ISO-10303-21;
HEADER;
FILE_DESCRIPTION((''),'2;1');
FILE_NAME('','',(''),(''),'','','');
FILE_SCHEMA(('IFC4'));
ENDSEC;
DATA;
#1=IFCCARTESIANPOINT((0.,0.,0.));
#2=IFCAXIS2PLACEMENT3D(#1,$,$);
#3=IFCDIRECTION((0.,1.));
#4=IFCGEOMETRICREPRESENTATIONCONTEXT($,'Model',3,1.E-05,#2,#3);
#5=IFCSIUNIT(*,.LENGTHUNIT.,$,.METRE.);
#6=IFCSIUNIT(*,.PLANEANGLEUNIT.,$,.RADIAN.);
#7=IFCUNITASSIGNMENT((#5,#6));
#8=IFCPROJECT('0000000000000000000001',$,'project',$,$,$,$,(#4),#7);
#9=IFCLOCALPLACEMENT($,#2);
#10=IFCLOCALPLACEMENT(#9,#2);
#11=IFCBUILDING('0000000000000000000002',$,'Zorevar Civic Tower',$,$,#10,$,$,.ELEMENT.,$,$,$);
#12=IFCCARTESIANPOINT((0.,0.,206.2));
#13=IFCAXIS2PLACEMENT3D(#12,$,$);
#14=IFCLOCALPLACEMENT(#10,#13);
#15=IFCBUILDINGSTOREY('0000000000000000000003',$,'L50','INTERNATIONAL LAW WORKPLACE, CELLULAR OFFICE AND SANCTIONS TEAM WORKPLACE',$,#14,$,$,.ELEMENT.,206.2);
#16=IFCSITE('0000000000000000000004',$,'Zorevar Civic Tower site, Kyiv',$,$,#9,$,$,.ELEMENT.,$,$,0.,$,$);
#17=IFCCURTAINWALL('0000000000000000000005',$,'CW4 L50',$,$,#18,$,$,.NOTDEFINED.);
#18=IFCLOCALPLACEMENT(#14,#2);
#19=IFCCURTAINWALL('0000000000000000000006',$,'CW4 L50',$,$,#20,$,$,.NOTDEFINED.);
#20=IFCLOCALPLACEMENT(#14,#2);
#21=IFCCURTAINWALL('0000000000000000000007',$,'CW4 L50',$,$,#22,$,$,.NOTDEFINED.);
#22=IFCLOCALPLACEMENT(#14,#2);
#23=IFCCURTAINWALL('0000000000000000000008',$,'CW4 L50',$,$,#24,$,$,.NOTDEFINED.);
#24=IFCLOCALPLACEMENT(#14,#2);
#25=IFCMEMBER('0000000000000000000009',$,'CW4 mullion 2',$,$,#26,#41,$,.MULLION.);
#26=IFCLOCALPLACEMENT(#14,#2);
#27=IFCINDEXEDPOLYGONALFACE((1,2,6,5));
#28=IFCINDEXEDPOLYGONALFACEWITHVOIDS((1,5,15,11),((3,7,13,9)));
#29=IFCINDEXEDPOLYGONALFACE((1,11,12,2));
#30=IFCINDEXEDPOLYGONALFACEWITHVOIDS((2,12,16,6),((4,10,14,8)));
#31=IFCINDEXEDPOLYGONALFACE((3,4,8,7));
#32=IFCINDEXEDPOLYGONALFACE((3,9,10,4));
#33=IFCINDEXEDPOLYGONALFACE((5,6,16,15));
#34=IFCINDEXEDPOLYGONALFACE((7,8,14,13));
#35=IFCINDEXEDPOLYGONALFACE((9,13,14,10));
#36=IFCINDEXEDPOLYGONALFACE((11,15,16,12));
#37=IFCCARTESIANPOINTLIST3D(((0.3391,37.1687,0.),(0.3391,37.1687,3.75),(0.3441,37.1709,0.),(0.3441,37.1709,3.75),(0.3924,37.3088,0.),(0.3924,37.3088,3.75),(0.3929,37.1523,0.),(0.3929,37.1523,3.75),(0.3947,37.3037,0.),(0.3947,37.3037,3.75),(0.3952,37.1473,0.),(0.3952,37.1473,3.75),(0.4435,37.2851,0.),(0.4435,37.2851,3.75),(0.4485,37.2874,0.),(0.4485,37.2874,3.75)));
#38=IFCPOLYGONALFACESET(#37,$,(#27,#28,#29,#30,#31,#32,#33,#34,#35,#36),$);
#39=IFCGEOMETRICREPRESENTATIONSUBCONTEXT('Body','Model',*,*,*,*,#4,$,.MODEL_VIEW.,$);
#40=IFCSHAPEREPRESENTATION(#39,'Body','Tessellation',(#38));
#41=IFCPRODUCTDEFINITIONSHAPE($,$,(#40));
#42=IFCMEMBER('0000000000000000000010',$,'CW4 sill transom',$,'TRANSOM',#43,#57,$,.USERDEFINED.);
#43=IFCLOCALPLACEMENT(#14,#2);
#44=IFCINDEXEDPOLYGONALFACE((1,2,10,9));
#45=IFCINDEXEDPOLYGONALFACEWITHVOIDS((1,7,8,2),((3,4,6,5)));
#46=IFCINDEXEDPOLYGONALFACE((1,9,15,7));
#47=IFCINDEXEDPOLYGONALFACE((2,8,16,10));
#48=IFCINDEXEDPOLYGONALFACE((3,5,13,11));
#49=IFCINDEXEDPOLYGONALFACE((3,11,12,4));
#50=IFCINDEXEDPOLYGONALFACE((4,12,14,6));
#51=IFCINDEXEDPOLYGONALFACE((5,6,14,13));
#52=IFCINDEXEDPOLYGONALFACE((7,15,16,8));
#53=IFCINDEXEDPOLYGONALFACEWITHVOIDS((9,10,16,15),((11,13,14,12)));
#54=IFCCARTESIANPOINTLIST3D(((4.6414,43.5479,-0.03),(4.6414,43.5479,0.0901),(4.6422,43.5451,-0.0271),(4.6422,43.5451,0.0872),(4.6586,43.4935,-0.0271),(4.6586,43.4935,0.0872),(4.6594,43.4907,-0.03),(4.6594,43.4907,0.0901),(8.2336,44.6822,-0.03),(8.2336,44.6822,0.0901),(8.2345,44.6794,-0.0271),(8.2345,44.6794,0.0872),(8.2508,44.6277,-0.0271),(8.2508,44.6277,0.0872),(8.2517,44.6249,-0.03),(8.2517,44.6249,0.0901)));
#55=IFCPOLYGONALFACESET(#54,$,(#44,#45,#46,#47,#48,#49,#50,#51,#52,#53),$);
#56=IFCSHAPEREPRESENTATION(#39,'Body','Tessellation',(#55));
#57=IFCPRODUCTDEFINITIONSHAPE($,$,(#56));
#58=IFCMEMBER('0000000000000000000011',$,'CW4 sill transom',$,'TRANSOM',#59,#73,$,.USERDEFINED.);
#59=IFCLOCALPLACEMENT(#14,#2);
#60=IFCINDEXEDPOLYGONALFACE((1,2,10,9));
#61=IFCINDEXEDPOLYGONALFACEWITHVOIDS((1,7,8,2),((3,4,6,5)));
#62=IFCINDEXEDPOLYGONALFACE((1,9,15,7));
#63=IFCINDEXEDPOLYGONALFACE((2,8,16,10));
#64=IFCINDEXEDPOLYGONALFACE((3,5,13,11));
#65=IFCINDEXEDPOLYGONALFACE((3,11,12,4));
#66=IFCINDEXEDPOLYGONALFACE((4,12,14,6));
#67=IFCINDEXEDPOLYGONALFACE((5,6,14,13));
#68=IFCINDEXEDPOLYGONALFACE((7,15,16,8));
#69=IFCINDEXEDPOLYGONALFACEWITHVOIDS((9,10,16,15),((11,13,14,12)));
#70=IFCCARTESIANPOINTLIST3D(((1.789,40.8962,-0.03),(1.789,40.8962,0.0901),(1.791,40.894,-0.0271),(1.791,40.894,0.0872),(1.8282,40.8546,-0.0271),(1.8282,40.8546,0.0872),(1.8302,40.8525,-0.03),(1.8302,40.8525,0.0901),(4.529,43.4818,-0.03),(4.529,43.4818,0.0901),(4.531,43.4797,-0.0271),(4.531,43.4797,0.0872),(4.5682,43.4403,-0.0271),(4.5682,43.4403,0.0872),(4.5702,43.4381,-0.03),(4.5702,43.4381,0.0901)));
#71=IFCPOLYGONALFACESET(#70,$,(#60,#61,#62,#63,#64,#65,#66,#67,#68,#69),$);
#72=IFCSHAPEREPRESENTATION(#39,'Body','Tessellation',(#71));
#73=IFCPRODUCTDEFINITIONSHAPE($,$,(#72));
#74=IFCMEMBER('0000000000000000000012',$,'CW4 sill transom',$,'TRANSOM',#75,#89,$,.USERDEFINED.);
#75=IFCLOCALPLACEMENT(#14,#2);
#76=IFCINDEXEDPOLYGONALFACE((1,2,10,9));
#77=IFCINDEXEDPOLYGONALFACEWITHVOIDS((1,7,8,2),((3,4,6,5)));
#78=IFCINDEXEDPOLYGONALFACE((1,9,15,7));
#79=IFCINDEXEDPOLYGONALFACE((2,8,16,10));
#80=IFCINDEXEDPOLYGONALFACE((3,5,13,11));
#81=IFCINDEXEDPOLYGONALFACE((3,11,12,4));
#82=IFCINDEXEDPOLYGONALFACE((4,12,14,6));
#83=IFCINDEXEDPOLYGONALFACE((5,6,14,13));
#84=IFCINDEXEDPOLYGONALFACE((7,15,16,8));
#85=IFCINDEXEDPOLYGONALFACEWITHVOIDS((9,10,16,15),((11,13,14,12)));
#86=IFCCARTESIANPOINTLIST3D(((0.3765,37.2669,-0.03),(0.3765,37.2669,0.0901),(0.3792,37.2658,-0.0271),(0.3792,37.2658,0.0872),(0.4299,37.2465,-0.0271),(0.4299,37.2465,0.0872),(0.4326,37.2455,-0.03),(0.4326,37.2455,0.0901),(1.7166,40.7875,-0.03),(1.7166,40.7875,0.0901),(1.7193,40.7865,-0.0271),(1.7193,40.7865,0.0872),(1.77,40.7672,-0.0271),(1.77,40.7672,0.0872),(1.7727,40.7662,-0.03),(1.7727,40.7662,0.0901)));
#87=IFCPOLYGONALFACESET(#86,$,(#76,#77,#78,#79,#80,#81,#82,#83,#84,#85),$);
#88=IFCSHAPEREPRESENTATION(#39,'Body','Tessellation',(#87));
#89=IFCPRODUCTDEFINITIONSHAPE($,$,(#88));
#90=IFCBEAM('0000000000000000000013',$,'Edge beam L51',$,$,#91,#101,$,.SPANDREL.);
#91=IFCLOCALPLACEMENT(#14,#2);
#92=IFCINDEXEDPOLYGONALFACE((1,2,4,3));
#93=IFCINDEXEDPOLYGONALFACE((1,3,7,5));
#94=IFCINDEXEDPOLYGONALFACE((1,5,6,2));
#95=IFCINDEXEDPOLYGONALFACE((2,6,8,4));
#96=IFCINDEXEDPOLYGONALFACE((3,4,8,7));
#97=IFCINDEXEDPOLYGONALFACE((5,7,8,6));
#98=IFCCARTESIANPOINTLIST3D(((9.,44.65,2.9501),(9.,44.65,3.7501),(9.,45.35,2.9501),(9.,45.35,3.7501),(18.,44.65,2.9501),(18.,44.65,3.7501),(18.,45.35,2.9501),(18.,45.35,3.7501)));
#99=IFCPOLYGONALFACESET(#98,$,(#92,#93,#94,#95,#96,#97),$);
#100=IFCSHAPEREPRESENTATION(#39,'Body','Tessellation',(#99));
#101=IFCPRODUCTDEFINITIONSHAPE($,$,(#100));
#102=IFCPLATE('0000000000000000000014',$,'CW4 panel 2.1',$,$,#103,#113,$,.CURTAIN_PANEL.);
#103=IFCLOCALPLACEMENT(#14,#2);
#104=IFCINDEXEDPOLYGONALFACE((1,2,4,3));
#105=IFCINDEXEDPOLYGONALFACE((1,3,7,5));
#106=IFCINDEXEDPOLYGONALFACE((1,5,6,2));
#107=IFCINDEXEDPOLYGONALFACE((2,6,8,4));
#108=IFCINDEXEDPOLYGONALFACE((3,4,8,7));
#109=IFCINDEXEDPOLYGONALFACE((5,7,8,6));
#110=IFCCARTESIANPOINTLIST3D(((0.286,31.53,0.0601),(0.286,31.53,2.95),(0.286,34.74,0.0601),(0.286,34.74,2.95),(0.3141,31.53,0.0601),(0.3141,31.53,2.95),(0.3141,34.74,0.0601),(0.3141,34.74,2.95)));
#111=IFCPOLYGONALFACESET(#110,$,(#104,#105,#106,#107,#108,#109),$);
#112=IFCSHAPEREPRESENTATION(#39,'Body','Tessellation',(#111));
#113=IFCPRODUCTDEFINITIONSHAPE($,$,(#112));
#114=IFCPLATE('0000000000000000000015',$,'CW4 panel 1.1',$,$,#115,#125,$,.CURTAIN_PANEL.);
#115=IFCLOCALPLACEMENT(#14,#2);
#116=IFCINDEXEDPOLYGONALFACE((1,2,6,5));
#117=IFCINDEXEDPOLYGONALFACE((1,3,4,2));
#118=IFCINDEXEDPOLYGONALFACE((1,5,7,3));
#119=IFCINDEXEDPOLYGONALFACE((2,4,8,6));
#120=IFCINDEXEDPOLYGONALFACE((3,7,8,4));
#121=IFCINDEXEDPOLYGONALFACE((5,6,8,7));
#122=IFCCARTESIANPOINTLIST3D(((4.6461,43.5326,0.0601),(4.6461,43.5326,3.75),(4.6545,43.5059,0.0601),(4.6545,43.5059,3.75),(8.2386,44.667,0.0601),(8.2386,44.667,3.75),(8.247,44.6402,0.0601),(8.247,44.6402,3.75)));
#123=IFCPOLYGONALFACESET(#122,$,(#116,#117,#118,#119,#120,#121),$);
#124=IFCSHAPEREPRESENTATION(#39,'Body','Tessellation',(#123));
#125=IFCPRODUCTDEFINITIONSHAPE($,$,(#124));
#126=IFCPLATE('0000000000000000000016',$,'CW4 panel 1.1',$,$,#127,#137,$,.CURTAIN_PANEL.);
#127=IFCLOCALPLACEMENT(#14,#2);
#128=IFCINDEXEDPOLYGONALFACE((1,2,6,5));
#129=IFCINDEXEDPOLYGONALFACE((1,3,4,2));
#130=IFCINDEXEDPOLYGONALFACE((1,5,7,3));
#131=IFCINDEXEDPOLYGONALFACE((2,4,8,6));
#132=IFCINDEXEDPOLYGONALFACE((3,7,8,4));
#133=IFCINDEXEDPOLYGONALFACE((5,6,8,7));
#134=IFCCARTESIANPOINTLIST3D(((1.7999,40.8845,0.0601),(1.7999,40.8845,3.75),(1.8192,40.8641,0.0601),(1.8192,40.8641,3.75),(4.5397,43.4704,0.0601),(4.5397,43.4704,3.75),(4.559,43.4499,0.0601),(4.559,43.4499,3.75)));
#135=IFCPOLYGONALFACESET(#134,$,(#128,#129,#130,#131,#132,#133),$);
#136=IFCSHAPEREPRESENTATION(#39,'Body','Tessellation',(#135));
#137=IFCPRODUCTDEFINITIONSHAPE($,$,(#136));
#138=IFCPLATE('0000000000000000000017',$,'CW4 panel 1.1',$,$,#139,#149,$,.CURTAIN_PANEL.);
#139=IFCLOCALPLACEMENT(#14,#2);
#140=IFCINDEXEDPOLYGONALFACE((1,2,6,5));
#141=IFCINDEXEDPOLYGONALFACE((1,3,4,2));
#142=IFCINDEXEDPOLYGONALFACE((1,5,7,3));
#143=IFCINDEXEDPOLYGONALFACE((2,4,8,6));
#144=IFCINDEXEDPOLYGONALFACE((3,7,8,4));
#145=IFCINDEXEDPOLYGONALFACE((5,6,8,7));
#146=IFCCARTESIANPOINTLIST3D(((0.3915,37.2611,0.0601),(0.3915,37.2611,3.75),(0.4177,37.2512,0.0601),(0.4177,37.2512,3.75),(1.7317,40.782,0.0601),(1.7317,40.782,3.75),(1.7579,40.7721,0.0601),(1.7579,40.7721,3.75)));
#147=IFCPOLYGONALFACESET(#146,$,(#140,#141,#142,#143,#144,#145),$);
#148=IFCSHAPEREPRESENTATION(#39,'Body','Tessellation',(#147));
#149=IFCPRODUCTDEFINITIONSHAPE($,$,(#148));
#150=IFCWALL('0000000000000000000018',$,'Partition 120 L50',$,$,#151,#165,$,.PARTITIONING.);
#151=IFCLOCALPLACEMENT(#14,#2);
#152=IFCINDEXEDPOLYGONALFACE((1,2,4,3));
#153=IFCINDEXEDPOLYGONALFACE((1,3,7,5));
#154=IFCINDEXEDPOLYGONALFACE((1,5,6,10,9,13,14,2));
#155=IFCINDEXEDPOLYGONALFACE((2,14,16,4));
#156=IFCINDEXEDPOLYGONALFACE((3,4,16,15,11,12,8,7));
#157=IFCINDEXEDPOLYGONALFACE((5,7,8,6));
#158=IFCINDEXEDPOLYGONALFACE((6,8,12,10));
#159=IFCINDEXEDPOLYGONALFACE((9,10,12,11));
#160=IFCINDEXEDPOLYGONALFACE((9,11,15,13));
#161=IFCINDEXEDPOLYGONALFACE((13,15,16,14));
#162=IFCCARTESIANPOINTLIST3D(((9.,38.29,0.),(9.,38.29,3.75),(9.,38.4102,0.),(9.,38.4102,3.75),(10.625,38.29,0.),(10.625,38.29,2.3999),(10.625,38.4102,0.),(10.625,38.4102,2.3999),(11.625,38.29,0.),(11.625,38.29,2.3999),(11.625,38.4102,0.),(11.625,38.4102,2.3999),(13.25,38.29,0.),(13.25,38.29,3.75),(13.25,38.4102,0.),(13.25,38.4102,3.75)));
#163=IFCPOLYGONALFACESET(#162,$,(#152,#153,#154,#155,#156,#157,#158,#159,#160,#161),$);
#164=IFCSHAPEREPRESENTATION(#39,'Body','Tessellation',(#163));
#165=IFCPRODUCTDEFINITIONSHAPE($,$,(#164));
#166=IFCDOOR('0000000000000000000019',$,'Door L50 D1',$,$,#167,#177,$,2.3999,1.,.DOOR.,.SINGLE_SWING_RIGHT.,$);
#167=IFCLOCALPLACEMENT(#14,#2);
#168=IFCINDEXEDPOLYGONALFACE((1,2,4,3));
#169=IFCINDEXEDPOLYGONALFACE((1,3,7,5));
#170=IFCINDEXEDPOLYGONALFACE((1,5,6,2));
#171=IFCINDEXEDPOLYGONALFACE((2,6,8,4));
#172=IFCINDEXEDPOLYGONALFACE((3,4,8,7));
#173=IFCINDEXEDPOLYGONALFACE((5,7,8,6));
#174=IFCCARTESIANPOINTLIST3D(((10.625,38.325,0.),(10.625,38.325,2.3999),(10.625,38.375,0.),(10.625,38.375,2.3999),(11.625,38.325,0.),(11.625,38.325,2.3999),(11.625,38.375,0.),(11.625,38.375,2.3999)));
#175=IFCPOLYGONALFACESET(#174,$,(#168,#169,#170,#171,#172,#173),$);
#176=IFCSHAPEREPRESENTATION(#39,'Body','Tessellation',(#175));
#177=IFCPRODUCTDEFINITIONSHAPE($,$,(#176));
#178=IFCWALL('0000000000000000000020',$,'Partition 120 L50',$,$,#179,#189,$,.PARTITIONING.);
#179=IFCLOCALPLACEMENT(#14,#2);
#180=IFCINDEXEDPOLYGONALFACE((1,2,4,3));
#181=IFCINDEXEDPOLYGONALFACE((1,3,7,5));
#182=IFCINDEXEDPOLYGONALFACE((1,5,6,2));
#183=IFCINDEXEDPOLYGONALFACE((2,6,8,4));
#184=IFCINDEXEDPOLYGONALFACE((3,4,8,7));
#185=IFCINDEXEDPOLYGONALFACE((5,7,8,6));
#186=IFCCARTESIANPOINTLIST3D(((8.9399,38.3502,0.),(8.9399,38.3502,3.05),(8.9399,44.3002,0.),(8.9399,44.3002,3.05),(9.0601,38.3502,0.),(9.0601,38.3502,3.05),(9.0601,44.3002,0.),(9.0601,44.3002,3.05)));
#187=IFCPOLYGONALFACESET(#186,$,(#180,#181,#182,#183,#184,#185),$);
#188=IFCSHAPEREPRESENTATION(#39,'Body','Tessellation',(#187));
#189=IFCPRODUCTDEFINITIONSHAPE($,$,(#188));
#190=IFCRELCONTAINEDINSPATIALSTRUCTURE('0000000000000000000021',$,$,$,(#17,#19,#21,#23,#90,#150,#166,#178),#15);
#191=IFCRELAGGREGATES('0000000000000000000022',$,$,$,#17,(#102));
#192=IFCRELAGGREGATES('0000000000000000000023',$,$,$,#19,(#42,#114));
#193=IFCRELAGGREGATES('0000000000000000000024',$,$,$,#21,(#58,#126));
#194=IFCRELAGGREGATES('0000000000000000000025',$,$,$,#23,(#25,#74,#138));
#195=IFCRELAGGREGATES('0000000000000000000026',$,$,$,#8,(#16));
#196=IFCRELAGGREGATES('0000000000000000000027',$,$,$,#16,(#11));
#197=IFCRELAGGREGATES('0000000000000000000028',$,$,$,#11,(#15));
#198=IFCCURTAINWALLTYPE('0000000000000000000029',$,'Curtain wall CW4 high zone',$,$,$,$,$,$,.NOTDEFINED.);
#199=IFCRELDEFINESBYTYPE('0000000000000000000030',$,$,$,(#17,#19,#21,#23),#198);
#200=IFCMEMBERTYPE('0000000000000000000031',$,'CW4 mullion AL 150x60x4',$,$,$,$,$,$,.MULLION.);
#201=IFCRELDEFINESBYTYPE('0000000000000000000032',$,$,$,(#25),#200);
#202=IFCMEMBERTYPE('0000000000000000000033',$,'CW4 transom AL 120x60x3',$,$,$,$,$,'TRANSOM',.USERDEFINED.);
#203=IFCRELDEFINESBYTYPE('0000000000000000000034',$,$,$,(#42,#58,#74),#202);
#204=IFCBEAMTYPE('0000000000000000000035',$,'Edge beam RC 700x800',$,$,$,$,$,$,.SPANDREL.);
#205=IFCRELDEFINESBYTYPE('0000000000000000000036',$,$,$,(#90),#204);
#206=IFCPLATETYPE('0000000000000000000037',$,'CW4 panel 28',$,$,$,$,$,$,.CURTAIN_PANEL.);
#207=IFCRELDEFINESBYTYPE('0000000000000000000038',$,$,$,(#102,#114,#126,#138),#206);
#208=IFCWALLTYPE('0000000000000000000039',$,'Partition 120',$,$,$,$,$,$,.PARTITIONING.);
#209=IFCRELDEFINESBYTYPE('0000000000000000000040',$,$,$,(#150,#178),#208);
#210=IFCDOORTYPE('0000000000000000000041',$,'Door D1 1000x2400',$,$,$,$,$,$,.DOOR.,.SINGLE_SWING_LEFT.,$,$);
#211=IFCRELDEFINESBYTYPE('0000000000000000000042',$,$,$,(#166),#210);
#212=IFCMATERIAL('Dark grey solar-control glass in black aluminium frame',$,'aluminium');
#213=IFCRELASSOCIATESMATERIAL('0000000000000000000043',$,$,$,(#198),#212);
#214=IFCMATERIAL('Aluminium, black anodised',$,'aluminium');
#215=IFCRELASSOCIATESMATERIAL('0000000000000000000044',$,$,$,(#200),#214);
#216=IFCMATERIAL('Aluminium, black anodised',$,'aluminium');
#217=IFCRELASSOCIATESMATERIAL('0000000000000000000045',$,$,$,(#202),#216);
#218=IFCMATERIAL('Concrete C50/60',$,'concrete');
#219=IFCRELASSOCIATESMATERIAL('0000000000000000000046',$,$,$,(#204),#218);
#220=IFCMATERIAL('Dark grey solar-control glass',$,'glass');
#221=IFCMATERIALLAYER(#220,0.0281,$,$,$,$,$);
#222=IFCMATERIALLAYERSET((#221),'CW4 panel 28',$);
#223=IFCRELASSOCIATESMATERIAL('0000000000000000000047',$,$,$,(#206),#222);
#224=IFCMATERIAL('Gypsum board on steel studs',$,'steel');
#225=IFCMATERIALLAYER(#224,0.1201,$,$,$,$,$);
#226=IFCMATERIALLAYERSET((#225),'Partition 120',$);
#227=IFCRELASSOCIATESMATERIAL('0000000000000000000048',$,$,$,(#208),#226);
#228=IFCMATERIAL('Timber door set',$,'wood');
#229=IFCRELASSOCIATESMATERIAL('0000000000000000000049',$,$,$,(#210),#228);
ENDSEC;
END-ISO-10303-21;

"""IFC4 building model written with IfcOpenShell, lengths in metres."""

from ifc_helpers import new_model, si_unit, direction, frame, frame_2d, origin, origin_2d, place, context, subcontext, project, spatial, rectangle, hollow_rectangle, extrude, material, layer, layer_set, material_profile, profile_set, type_object, element, fill, aggregate, save


model = new_model("IFC4")

# Units and contexts
model_context = context("Model", 3, precision=1e-05, world=origin(), true_north=direction((0.0, 1.0)))
body_context = subcontext(model_context, "Body", "Model", "MODEL_VIEW")
ifc_project = project(units=[si_unit("LENGTHUNIT", "METRE"), si_unit("PLANEANGLEUNIT", "RADIAN")], contexts=[model_context])

# Site, building, storey
site_placement = place(None, origin())
site = spatial("IfcSite", under=ifc_project, at=site_placement, Name="Zorevar Civic Tower site, Kyiv", CompositionType="ELEMENT", RefElevation=0.0)
building_placement = place(site_placement, origin())
building = spatial("IfcBuilding", under=site, at=building_placement, Name="Zorevar Civic Tower", CompositionType="ELEMENT")
storey_placement = place(building_placement, frame((0.0, 0.0, 206.2)))
storey = spatial("IfcBuildingStorey", under=building, at=storey_placement, Name="L50", Description="INTERNATIONAL LAW WORKPLACE, CELLULAR OFFICE AND SANCTIONS TEAM WORKPLACE", CompositionType="ELEMENT", Elevation=206.2)

# Curtain wall
ifc_material_1 = material(Name="Dark grey solar-control glass in black aluminium frame", Category="aluminium")
curtain_wall_type = type_object("IfcCurtainWallType", Name="Curtain wall CW4 high zone", PredefinedType="NOTDEFINED", material=ifc_material_1)
curtain_wall_1_placement = place(storey_placement, origin())
curtain_wall_1 = element("IfcCurtainWall", 1, at=curtain_wall_1_placement, inside=storey, type_object=curtain_wall_type, Name="CW4 L50", PredefinedType="NOTDEFINED")
ifc_material_2 = material(Name="Aluminium, black anodised", Category="aluminium")
ifc_material_profile_1 = material_profile(ifc_material_2, hollow_rectangle(XDim=0.0601, YDim=0.1499, WallThickness=0.0039, at=origin_2d()), Name="AL 150x60x4")
ifc_profile_set_1 = profile_set([ifc_material_profile_1], Name="Aluminium, black anodised")
member_type_1 = type_object("IfcMemberType", Name="CW4 mullion AL 150x60x4", PredefinedType="MULLION", material=ifc_profile_set_1)

# Curtain walls, member
curtain_wall_2_placement = place(storey_placement, origin())
curtain_wall_2 = element("IfcCurtainWall", 2, at=curtain_wall_2_placement, inside=storey, type_object=curtain_wall_type, Name="CW4 L50", PredefinedType="NOTDEFINED")
curtain_wall_3_placement = place(storey_placement, origin())
curtain_wall_3 = element("IfcCurtainWall", 3, at=curtain_wall_3_placement, inside=storey, type_object=curtain_wall_type, Name="CW4 L50", PredefinedType="NOTDEFINED")
curtain_wall_4_placement = place(storey_placement, origin())
curtain_wall_4 = element("IfcCurtainWall", 4, at=curtain_wall_4_placement, inside=storey, type_object=curtain_wall_type, Name="CW4 L50", PredefinedType="NOTDEFINED")
member_1_placement = place(storey_placement, frame((0.3938, 37.228, 0.0), z_axis=(0.0, 0.0, 1.0), x_axis=(0.934588, -0.355731, 0.0)))
member_1 = element("IfcMember", 5, at=member_1_placement, type_object=member_type_1, Name="CW4 mullion 2", PredefinedType="MULLION", context=body_context, shape_type="SweptSolid", body=[
    extrude(hollow_rectangle(XDim=0.0601, YDim=0.1499, WallThickness=0.0039, at=origin_2d()), origin(), (0.0, 0.0, 1.0), 3.75),
])

# Members
ifc_material_3 = material(Name="Aluminium, black anodised", Category="aluminium")
ifc_material_profile_2 = material_profile(ifc_material_3, hollow_rectangle(XDim=0.0601, YDim=0.1201, WallThickness=0.0029, at=origin_2d()), Name="AL 120x60x3")
ifc_profile_set_2 = profile_set([ifc_material_profile_2], Name="Aluminium, black anodised")
member_type_2 = type_object("IfcMemberType", Name="CW4 transom AL 120x60x3", ElementType="TRANSOM", PredefinedType="USERDEFINED", material=ifc_profile_set_2)
member_2_placement = place(storey_placement, frame((8.2427, 44.6536, 0.03), z_axis=(-0.953592, -0.3011, 0.0), x_axis=(0.3011, -0.953592, 0.0)))
member_2 = element("IfcMember", 6, at=member_2_placement, type_object=member_type_2, Name="CW4 sill transom", ObjectType="TRANSOM", PredefinedType="USERDEFINED", context=body_context, shape_type="SweptSolid", body=[
    extrude(hollow_rectangle(XDim=0.0601, YDim=0.1201, WallThickness=0.0029, at=origin_2d()), origin(), (0.0, 0.0, 1.0), 3.7671),
])
member_3_placement = place(storey_placement, frame((4.5496, 43.46, 0.03), z_axis=(-0.727288, -0.686332, 0.0), x_axis=(0.686332, -0.727288, 0.0)))
member_3 = element("IfcMember", 7, at=member_3_placement, type_object=member_type_2, Name="CW4 sill transom", ObjectType="TRANSOM", PredefinedType="USERDEFINED", context=body_context, shape_type="SweptSolid", body=[
    extrude(hollow_rectangle(XDim=0.0601, YDim=0.1201, WallThickness=0.0029, at=origin_2d()), origin(), (0.0, 0.0, 1.0), 3.7673),
])
member_4_placement = place(storey_placement, frame((1.7446, 40.7769, 0.03), z_axis=(-0.355729, -0.934589, 0.0), x_axis=(0.934589, -0.355729, 0.0)))
member_4 = element("IfcMember", 8, at=member_4_placement, type_object=member_type_2, Name="CW4 sill transom", ObjectType="TRANSOM", PredefinedType="USERDEFINED", context=body_context, shape_type="SweptSolid", body=[
    extrude(hollow_rectangle(XDim=0.0601, YDim=0.1201, WallThickness=0.0029, at=origin_2d()), origin(), (0.0, 0.0, 1.0), 3.7671),
])

# Beam
ifc_material_4 = material(Name="Concrete C50/60", Category="concrete")
ifc_material_profile_3 = material_profile(ifc_material_4, rectangle(XDim=0.7, YDim=0.8, at=origin_2d()), Name="RC 700x800")
ifc_profile_set_3 = profile_set([ifc_material_profile_3], Name="Concrete C50/60")
beam_type_1 = type_object("IfcBeamType", Name="Edge beam RC 700x800", PredefinedType="SPANDREL", material=ifc_profile_set_3)
beam_1_placement = place(storey_placement, frame((9.0, 45.0, 3.3501), z_axis=(1.0, 0.0, 0.0), x_axis=(0.0, 1.0, 0.0)))
element("IfcBeam", 9, at=beam_1_placement, inside=storey, type_object=beam_type_1, Name="Edge beam L51", PredefinedType="SPANDREL", context=body_context, shape_type="SweptSolid", body=[
    extrude(rectangle(XDim=0.7, YDim=0.8, at=origin_2d()), origin(), (0.0, 0.0, 1.0), 9.0),
])

# Plates
ifc_material_5 = material(Name="Dark grey solar-control glass", Category="glass")
ifc_layer_1 = layer(ifc_material_5, 0.0281)
ifc_layer_set_1 = layer_set([ifc_layer_1], Name="CW4 panel 28")
plate_type = type_object("IfcPlateType", Name="CW4 panel 28", PredefinedType="CURTAIN_PANEL", material=ifc_layer_set_1)
plate_1_placement = place(storey_placement, frame((0.3, 33.135, 0.0601), z_axis=(0.0, 0.0, 1.0), x_axis=(0.0, 1.0, 0.0)))
plate_1 = element("IfcPlate", 10, at=plate_1_placement, type_object=plate_type, Name="CW4 panel 2.1", PredefinedType="CURTAIN_PANEL", context=body_context, shape_type="SweptSolid", body=[
    extrude(rectangle(XDim=3.21, YDim=0.0281, at=origin_2d()), origin(), (0.0, 0.0, 1.0), 2.8899),
])
aggregate(curtain_wall_1, [plate_1])
plate_2_placement = place(storey_placement, frame((6.4465, 44.0864, 0.0601), z_axis=(0.0, 0.0, 1.0), x_axis=(-0.95359, -0.301108, 0.0)))
plate_2 = element("IfcPlate", 11, at=plate_2_placement, type_object=plate_type, Name="CW4 panel 1.1", PredefinedType="CURTAIN_PANEL", context=body_context, shape_type="SweptSolid", body=[
    extrude(rectangle(XDim=3.7673, YDim=0.0281, at=origin_2d()), origin(), (0.0, 0.0, 1.0), 3.6899),
])
aggregate(curtain_wall_2, [member_2, plate_2])
plate_3_placement = place(storey_placement, frame((3.1794, 42.1672, 0.0601), z_axis=(0.0, 0.0, 1.0), x_axis=(-0.727245, -0.686378, 0.0)))
plate_3 = element("IfcPlate", 12, at=plate_3_placement, type_object=plate_type, Name="CW4 panel 1.1", PredefinedType="CURTAIN_PANEL", context=body_context, shape_type="SweptSolid", body=[
    extrude(rectangle(XDim=3.7673, YDim=0.0281, at=origin_2d()), origin(), (0.0, 0.0, 1.0), 3.6899),
])
aggregate(curtain_wall_3, [member_3, plate_3])
plate_4_placement = place(storey_placement, frame((1.0747, 39.0166, 0.0601), z_axis=(0.0, 0.0, 1.0), x_axis=(-0.355731, -0.934588, 0.0)))
plate_4 = element("IfcPlate", 13, at=plate_4_placement, type_object=plate_type, Name="CW4 panel 1.1", PredefinedType="CURTAIN_PANEL", context=body_context, shape_type="SweptSolid", body=[
    extrude(rectangle(XDim=3.7673, YDim=0.0281, at=origin_2d()), origin(), (0.0, 0.0, 1.0), 3.6899),
])
aggregate(curtain_wall_4, [member_1, member_4, plate_4])

# Wall, opening, door
ifc_material_6 = material(Name="Gypsum board on steel studs", Category="steel")
ifc_layer_2 = layer(ifc_material_6, 0.1201)
ifc_layer_set_2 = layer_set([ifc_layer_2], Name="Partition 120")
wall_type = type_object("IfcWallType", Name="Partition 120", PredefinedType="PARTITIONING", material=ifc_layer_set_2)
wall_1_placement = place(storey_placement, frame((9.0, 38.3501, 0.0), z_axis=(0.0, 0.0, 1.0), x_axis=(1.0, 0.0, 0.0)))
wall_1 = element("IfcWall", 14, at=wall_1_placement, inside=storey, type_object=wall_type, Name="Partition 120 L50", PredefinedType="PARTITIONING", context=body_context, shape_type="SweptSolid", body=[
    extrude(rectangle(XDim=4.25, YDim=0.1201, at=frame_2d((2.125, 0.0))), origin(), (0.0, 0.0, 1.0), 3.75),
])
opening_placement = place(wall_1_placement, frame((1.625, 0.0, 0.0)))
opening = element("IfcOpeningElement", 15, at=opening_placement, cuts=wall_1, PredefinedType="OPENING", context=body_context, shape_type="SweptSolid", body=[
    extrude(rectangle(XDim=1.0, YDim=2.3999, at=frame_2d((0.5, 1.2))), frame((0.0, 0.0701, 0.0), z_axis=(0.0, -1.0, 0.0), x_axis=(1.0, 0.0, 0.0)), (0.0, 0.0, 1.0), 0.1401),
])
ifc_material_7 = material(Name="Timber door set", Category="wood")
door_type = type_object("IfcDoorType", Name="Door D1 1000x2400", OperationType="SINGLE_SWING_LEFT", PredefinedType="DOOR", material=ifc_material_7)
door_placement = place(opening_placement, origin())
door = element("IfcDoor", 16, at=door_placement, inside=storey, type_object=door_type, Name="Door L50 D1", OperationType="SINGLE_SWING_RIGHT", OverallHeight=2.3999, OverallWidth=1.0, PredefinedType="DOOR", context=body_context, shape_type="SweptSolid", body=[
    extrude(rectangle(XDim=1.0, YDim=2.3999, at=frame_2d((0.5, 1.2))), frame((0.0, 0.0249, 0.0), z_axis=(0.0, -1.0, 0.0), x_axis=(1.0, 0.0, 0.0)), (0.0, 0.0, 1.0), 0.05),
])
fill(opening, door)

# Wall
wall_2_placement = place(storey_placement, frame((9.0, 38.3501, 0.0), z_axis=(0.0, 0.0, 1.0), x_axis=(0.0, 1.0, 0.0)))
element("IfcWall", 17, at=wall_2_placement, inside=storey, type_object=wall_type, Name="Partition 120 L50", PredefinedType="PARTITIONING", context=body_context, shape_type="SweptSolid", body=[
    extrude(rectangle(XDim=5.95, YDim=0.1201, at=frame_2d((2.9751, 0.0))), origin(), (0.0, 0.0, 1.0), 3.05),
])

save(model, "model.ifc")
